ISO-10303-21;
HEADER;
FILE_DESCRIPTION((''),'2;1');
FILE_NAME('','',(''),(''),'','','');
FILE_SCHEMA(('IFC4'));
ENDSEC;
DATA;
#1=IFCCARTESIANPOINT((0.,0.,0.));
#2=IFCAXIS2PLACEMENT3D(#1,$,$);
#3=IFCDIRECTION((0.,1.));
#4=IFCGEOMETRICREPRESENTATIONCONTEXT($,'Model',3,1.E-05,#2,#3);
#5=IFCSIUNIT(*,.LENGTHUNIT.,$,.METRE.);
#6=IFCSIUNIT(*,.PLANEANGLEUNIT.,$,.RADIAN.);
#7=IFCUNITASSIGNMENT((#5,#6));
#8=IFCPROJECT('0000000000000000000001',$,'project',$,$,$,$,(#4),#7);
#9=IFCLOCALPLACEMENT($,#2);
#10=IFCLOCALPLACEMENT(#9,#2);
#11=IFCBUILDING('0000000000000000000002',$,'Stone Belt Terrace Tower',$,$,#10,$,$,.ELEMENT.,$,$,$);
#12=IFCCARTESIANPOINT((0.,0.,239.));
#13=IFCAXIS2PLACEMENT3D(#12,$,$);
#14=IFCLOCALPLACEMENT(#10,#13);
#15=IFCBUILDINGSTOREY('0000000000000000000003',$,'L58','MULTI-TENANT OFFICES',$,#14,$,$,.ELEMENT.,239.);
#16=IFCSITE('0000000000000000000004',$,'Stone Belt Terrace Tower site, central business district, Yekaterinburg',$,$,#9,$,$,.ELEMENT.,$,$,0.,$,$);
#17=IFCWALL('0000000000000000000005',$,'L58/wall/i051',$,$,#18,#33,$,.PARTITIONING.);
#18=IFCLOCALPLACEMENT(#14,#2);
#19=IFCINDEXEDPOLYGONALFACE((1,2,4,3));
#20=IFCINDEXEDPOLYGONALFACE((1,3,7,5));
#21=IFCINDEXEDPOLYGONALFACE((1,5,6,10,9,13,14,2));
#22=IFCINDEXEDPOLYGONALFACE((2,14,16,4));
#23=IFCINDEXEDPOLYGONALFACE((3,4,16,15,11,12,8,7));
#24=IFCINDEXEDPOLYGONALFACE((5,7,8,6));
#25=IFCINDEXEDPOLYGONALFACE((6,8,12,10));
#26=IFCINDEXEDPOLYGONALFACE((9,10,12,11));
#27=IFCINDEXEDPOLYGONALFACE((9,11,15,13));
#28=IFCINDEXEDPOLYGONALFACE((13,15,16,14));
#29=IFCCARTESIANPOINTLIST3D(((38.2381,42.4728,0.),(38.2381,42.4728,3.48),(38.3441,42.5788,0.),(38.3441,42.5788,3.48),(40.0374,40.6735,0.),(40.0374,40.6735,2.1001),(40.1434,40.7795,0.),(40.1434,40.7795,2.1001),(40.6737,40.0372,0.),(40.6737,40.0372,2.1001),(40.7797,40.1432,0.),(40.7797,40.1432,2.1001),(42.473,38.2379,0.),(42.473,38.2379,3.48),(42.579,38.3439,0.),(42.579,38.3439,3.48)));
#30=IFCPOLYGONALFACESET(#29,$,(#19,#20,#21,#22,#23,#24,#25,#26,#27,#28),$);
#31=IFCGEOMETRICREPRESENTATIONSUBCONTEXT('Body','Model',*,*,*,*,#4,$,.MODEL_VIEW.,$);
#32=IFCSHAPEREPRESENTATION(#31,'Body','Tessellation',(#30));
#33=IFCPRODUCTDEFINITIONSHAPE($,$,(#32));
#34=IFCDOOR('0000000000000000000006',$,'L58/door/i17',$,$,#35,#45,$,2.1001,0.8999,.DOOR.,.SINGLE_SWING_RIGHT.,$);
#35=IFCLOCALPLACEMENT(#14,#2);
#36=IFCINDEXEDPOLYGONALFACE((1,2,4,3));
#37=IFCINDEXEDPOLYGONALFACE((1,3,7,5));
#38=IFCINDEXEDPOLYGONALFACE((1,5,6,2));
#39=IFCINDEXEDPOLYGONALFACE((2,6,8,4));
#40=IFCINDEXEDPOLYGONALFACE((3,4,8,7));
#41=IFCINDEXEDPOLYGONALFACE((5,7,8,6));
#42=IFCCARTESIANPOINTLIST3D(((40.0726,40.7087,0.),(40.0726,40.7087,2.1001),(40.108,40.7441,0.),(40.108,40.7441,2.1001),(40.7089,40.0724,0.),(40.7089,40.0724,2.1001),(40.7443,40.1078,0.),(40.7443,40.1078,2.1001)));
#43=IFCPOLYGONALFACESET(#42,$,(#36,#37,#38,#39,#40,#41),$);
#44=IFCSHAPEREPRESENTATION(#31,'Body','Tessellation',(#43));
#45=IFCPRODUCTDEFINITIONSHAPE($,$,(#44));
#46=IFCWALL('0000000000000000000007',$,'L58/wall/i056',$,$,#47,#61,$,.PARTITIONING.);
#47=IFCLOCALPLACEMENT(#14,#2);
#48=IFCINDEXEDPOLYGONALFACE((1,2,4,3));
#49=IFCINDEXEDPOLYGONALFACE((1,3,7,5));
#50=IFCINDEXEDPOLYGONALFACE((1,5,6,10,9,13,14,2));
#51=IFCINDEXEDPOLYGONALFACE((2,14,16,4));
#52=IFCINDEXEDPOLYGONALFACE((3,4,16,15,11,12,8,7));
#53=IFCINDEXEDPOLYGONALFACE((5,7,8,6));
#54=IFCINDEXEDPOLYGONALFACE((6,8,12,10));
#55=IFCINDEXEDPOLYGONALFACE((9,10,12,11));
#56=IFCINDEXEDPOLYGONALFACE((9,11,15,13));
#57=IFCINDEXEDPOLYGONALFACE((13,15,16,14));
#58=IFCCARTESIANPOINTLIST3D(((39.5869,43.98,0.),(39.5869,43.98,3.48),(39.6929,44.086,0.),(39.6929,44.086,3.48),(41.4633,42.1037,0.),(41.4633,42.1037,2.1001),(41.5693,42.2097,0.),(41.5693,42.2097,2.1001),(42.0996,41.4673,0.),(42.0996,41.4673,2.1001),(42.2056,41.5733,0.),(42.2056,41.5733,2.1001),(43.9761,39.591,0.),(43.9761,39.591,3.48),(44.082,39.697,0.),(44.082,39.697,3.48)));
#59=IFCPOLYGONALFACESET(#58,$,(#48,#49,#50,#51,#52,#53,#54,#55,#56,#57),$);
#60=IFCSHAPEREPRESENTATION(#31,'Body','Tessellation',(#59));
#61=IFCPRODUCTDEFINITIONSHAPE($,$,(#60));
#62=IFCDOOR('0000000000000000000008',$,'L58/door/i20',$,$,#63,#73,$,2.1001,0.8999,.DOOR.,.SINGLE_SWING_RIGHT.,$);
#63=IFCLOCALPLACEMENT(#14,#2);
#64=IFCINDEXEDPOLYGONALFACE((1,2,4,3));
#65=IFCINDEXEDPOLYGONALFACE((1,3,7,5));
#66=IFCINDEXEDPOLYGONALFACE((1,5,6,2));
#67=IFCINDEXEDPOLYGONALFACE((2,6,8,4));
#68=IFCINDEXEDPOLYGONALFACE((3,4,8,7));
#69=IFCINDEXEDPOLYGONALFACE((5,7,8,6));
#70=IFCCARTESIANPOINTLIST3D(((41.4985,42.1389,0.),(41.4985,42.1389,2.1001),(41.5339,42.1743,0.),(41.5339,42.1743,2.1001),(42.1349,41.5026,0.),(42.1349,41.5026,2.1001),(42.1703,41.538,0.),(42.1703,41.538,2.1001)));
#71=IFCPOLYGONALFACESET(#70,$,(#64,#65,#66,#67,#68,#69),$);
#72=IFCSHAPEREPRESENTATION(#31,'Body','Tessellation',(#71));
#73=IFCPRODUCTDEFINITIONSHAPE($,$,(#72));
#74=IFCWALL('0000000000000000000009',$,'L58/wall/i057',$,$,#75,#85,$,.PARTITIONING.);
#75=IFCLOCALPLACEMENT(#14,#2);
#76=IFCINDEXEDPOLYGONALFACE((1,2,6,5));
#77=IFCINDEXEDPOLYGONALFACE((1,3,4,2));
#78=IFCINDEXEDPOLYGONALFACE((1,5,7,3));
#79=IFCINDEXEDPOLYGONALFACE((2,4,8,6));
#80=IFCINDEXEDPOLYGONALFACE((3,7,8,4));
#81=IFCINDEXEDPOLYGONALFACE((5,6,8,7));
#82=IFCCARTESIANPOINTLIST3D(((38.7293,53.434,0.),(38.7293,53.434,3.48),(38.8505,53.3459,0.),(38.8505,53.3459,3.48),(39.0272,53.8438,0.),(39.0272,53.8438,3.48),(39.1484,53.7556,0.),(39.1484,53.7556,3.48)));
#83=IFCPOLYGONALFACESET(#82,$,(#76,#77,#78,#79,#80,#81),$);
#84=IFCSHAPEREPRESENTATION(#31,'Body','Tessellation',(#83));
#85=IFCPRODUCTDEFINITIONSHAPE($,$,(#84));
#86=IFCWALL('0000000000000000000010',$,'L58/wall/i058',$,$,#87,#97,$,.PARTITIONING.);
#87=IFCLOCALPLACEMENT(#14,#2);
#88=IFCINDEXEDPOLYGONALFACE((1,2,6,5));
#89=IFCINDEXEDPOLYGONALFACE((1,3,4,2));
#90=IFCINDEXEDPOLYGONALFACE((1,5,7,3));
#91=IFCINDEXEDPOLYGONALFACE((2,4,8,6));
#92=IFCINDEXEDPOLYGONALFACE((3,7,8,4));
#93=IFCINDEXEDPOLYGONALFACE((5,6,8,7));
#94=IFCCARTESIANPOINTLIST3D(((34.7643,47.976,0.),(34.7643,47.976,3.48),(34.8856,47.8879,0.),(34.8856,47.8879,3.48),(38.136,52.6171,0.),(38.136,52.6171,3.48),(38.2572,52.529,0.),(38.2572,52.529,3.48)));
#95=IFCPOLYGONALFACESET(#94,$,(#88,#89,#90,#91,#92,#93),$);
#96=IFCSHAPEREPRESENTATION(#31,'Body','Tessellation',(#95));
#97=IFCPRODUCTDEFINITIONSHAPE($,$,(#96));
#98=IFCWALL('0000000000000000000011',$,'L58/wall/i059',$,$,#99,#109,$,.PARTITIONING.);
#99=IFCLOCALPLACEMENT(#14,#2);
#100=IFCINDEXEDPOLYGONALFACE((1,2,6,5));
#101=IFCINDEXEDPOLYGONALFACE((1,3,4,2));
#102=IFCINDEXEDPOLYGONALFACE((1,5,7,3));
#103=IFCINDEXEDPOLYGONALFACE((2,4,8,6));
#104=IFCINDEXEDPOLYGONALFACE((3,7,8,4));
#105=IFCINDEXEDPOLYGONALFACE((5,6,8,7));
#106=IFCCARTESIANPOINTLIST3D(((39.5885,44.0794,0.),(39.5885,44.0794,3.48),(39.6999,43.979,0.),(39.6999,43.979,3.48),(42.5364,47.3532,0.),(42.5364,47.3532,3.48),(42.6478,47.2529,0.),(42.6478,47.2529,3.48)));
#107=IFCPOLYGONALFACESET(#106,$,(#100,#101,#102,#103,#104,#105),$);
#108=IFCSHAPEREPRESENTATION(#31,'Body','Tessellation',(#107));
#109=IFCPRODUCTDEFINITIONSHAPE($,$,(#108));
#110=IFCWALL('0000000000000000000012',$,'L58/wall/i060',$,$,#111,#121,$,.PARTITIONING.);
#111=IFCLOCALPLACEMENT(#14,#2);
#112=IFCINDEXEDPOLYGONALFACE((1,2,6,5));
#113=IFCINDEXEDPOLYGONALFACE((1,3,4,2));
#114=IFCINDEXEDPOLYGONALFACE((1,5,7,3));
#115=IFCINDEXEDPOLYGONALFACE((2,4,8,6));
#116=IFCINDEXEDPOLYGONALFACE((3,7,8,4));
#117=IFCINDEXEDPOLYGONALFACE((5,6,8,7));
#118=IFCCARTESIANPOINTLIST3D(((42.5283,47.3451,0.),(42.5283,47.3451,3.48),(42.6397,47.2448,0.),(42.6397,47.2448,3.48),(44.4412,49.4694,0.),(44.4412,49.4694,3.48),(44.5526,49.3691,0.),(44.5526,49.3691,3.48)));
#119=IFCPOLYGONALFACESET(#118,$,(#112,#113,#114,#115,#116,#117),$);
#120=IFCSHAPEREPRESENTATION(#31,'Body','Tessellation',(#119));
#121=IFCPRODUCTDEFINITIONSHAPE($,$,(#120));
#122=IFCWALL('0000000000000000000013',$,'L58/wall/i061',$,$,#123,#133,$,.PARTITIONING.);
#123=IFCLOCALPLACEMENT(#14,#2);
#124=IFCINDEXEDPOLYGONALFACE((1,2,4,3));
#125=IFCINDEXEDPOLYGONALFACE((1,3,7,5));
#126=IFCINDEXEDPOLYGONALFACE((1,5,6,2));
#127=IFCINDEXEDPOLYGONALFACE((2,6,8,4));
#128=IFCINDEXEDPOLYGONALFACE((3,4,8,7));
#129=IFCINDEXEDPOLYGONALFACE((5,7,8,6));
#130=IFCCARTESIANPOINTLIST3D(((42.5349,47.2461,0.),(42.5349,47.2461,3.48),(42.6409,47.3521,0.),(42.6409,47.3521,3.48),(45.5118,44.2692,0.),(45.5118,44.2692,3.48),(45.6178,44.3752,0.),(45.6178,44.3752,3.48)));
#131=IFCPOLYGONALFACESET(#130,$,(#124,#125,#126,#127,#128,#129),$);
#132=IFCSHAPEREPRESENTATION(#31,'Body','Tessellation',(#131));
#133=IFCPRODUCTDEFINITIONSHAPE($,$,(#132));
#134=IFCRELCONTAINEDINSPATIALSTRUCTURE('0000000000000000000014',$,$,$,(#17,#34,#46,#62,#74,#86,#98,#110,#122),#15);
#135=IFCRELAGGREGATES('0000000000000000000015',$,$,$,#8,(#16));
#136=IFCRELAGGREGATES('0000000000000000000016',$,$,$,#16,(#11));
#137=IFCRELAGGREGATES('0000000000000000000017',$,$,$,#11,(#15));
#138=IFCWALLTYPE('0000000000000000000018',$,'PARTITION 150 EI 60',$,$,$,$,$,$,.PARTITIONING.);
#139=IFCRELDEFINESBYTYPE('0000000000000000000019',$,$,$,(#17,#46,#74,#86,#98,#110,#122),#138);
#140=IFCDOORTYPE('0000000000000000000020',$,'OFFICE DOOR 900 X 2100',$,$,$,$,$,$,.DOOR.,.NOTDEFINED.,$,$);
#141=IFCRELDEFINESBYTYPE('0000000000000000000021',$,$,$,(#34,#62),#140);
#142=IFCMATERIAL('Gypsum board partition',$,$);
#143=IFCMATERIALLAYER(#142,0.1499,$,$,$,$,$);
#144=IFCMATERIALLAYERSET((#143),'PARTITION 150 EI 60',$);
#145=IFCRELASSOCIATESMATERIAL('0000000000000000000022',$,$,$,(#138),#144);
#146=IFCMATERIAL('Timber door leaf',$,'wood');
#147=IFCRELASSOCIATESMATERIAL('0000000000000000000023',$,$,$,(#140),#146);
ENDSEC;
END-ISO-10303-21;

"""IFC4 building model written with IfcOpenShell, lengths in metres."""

from ifc_helpers import new_model, si_unit, direction, frame, frame_2d, origin, place, context, subcontext, project, spatial, rectangle, extrude, material, layer, layer_set, type_object, element, fill, save


model = new_model("IFC4")

# Units and contexts
model_context = context("Model", 3, precision=1e-05, world=origin(), true_north=direction((0.0, 1.0)))
body_context = subcontext(model_context, "Body", "Model", "MODEL_VIEW")
ifc_project = project(units=[si_unit("LENGTHUNIT", "METRE"), si_unit("PLANEANGLEUNIT", "RADIAN")], contexts=[model_context])

# Site, building, storey
site_placement = place(None, origin())
site = spatial("IfcSite", under=ifc_project, at=site_placement, Name="Stone Belt Terrace Tower site, central business district, Yekaterinburg", CompositionType="ELEMENT", RefElevation=0.0)
building_placement = place(site_placement, origin())
building = spatial("IfcBuilding", under=site, at=building_placement, Name="Stone Belt Terrace Tower", CompositionType="ELEMENT")
storey_placement = place(building_placement, frame((0.0, 0.0, 239.0)))
storey = spatial("IfcBuildingStorey", under=building, at=storey_placement, Name="L58", Description="MULTI-TENANT OFFICES", CompositionType="ELEMENT", Elevation=239.0)

# Walls, openings, doors
ifc_material_1 = material(Name="Gypsum board partition")
ifc_layer_1 = layer(ifc_material_1, 0.1499)
ifc_layer_set_1 = layer_set([ifc_layer_1], Name="PARTITION 150 EI 60")
wall_type = type_object("IfcWallType", Name="PARTITION 150 EI 60", PredefinedType="PARTITIONING", material=ifc_layer_set_1)
wall_1_placement = place(storey_placement, frame((38.291, 42.5259, 0.0), z_axis=(0.0, 0.0, 1.0), x_axis=(0.707107, -0.707107, 0.0)))
wall_1 = element("IfcWall", 1, at=wall_1_placement, inside=storey, type_object=wall_type, Name="L58/wall/i051", PredefinedType="PARTITIONING", context=body_context, shape_type="SweptSolid", body=[
    extrude(rectangle(XDim=5.989, YDim=0.1499, at=frame_2d((2.9946, 0.0))), origin(), (0.0, 0.0, 1.0), 3.48),
])
opening_1_placement = place(wall_1_placement, frame((2.5447, 0.0, 0.0)))
opening_1 = element("IfcOpeningElement", 2, at=opening_1_placement, cuts=wall_1, PredefinedType="OPENING", context=body_context, shape_type="SweptSolid", body=[
    extrude(rectangle(XDim=0.8999, YDim=2.1001, at=frame_2d((0.45, 1.05))), frame((0.0, 0.085, 0.0), z_axis=(0.0, -1.0, 0.0), x_axis=(1.0, 0.0, 0.0)), (0.0, 0.0, 1.0), 0.1699),
])
ifc_material_2 = material(Name="Timber door leaf", Category="wood")
door_type = type_object("IfcDoorType", Name="OFFICE DOOR 900 X 2100", OperationType="NOTDEFINED", PredefinedType="DOOR", material=ifc_material_2)
door_1_placement = place(opening_1_placement, origin())
door_1 = element("IfcDoor", 3, at=door_1_placement, inside=storey, type_object=door_type, Name="L58/door/i17", OperationType="SINGLE_SWING_RIGHT", OverallHeight=2.1001, OverallWidth=0.8999, PredefinedType="DOOR", context=body_context, shape_type="SweptSolid", body=[
    extrude(rectangle(XDim=0.8999, YDim=2.1001, at=frame_2d((0.45, 1.05))), frame((0.0, 0.0249, 0.0), z_axis=(0.0, -1.0, 0.0), x_axis=(1.0, 0.0, 0.0)), (0.0, 0.0, 1.0), 0.05),
])
fill(opening_1, door_1)
wall_2_placement = place(storey_placement, frame((39.6399, 44.033, 0.0), z_axis=(0.0, 0.0, 1.0), x_axis=(0.707126, -0.707087, 0.0)))
wall_2 = element("IfcWall", 4, at=wall_2_placement, inside=storey, type_object=wall_type, Name="L58/wall/i056", PredefinedType="PARTITIONING", context=body_context, shape_type="SweptSolid", body=[
    extrude(rectangle(XDim=6.207, YDim=0.1499, at=frame_2d((3.1035, 0.0))), origin(), (0.0, 0.0, 1.0), 3.48),
])
opening_2_placement = place(wall_2_placement, frame((2.6536, 0.0, 0.0)))
opening_2 = element("IfcOpeningElement", 5, at=opening_2_placement, cuts=wall_2, PredefinedType="OPENING", context=body_context, shape_type="SweptSolid", body=[
    extrude(rectangle(XDim=0.8999, YDim=2.1001, at=frame_2d((0.45, 1.05))), frame((0.0, 0.085, 0.0), z_axis=(0.0, -1.0, 0.0), x_axis=(1.0, 0.0, 0.0)), (0.0, 0.0, 1.0), 0.1699),
])
door_2_placement = place(opening_2_placement, origin())
door_2 = element("IfcDoor", 6, at=door_2_placement, inside=storey, type_object=door_type, Name="L58/door/i20", OperationType="SINGLE_SWING_RIGHT", OverallHeight=2.1001, OverallWidth=0.8999, PredefinedType="DOOR", context=body_context, shape_type="SweptSolid", body=[
    extrude(rectangle(XDim=0.8999, YDim=2.1001, at=frame_2d((0.45, 1.05))), frame((0.0, 0.0249, 0.0), z_axis=(0.0, -1.0, 0.0), x_axis=(1.0, 0.0, 0.0)), (0.0, 0.0, 1.0), 0.05),
])
fill(opening_2, door_2)

# Walls
wall_3_placement = place(storey_placement, frame((39.0879, 53.7998, 0.0), z_axis=(0.0, 0.0, 1.0), x_axis=(-0.588057, -0.808819, 0.0)))
element("IfcWall", 7, at=wall_3_placement, inside=storey, type_object=wall_type, Name="L58/wall/i057", PredefinedType="PARTITIONING", context=body_context, shape_type="SweptSolid", body=[
    extrude(rectangle(XDim=0.5066, YDim=0.1499, at=frame_2d((0.2534, 0.0))), origin(), (0.0, 0.0, 1.0), 3.48),
])
wall_4_placement = place(storey_placement, frame((38.1965, 52.573, 0.0), z_axis=(0.0, 0.0, 1.0), x_axis=(-0.587741, -0.809049, 0.0)))
element("IfcWall", 8, at=wall_4_placement, inside=storey, type_object=wall_type, Name="L58/wall/i058", PredefinedType="PARTITIONING", context=body_context, shape_type="SweptSolid", body=[
    extrude(rectangle(XDim=5.7366, YDim=0.1499, at=frame_2d((2.8682, 0.0))), origin(), (0.0, 0.0, 1.0), 3.48),
])
wall_5_placement = place(storey_placement, frame((42.592, 47.303, 0.0), z_axis=(0.0, 0.0, 1.0), x_axis=(-0.669148, -0.743129, 0.0)))
element("IfcWall", 9, at=wall_5_placement, inside=storey, type_object=wall_type, Name="L58/wall/i059", PredefinedType="PARTITIONING", context=body_context, shape_type="SweptSolid", body=[
    extrude(rectangle(XDim=4.4055, YDim=0.1499, at=frame_2d((2.2026, 0.0))), origin(), (0.0, 0.0, 1.0), 3.48),
])
wall_6_placement = place(storey_placement, frame((44.4968, 49.4192, 0.0), z_axis=(0.0, 0.0, 1.0), x_axis=(-0.669158, -0.74312, 0.0)))
element("IfcWall", 10, at=wall_6_placement, inside=storey, type_object=wall_type, Name="L58/wall/i060", PredefinedType="PARTITIONING", context=body_context, shape_type="SweptSolid", body=[
    extrude(rectangle(XDim=2.8586, YDim=0.1499, at=frame_2d((1.4292, 0.0))), origin(), (0.0, 0.0, 1.0), 3.48),
])
wall_7_placement = place(storey_placement, frame((42.5879, 47.2991, 0.0), z_axis=(0.0, 0.0, 1.0), x_axis=(0.707107, -0.707107, 0.0)))
element("IfcWall", 11, at=wall_7_placement, inside=storey, type_object=wall_type, Name="L58/wall/i061", PredefinedType="PARTITIONING", context=body_context, shape_type="SweptSolid", body=[
    extrude(rectangle(XDim=4.21, YDim=0.1499, at=frame_2d((2.105, 0.0))), origin(), (0.0, 0.0, 1.0), 3.48),
])

save(model, "model.ifc")
